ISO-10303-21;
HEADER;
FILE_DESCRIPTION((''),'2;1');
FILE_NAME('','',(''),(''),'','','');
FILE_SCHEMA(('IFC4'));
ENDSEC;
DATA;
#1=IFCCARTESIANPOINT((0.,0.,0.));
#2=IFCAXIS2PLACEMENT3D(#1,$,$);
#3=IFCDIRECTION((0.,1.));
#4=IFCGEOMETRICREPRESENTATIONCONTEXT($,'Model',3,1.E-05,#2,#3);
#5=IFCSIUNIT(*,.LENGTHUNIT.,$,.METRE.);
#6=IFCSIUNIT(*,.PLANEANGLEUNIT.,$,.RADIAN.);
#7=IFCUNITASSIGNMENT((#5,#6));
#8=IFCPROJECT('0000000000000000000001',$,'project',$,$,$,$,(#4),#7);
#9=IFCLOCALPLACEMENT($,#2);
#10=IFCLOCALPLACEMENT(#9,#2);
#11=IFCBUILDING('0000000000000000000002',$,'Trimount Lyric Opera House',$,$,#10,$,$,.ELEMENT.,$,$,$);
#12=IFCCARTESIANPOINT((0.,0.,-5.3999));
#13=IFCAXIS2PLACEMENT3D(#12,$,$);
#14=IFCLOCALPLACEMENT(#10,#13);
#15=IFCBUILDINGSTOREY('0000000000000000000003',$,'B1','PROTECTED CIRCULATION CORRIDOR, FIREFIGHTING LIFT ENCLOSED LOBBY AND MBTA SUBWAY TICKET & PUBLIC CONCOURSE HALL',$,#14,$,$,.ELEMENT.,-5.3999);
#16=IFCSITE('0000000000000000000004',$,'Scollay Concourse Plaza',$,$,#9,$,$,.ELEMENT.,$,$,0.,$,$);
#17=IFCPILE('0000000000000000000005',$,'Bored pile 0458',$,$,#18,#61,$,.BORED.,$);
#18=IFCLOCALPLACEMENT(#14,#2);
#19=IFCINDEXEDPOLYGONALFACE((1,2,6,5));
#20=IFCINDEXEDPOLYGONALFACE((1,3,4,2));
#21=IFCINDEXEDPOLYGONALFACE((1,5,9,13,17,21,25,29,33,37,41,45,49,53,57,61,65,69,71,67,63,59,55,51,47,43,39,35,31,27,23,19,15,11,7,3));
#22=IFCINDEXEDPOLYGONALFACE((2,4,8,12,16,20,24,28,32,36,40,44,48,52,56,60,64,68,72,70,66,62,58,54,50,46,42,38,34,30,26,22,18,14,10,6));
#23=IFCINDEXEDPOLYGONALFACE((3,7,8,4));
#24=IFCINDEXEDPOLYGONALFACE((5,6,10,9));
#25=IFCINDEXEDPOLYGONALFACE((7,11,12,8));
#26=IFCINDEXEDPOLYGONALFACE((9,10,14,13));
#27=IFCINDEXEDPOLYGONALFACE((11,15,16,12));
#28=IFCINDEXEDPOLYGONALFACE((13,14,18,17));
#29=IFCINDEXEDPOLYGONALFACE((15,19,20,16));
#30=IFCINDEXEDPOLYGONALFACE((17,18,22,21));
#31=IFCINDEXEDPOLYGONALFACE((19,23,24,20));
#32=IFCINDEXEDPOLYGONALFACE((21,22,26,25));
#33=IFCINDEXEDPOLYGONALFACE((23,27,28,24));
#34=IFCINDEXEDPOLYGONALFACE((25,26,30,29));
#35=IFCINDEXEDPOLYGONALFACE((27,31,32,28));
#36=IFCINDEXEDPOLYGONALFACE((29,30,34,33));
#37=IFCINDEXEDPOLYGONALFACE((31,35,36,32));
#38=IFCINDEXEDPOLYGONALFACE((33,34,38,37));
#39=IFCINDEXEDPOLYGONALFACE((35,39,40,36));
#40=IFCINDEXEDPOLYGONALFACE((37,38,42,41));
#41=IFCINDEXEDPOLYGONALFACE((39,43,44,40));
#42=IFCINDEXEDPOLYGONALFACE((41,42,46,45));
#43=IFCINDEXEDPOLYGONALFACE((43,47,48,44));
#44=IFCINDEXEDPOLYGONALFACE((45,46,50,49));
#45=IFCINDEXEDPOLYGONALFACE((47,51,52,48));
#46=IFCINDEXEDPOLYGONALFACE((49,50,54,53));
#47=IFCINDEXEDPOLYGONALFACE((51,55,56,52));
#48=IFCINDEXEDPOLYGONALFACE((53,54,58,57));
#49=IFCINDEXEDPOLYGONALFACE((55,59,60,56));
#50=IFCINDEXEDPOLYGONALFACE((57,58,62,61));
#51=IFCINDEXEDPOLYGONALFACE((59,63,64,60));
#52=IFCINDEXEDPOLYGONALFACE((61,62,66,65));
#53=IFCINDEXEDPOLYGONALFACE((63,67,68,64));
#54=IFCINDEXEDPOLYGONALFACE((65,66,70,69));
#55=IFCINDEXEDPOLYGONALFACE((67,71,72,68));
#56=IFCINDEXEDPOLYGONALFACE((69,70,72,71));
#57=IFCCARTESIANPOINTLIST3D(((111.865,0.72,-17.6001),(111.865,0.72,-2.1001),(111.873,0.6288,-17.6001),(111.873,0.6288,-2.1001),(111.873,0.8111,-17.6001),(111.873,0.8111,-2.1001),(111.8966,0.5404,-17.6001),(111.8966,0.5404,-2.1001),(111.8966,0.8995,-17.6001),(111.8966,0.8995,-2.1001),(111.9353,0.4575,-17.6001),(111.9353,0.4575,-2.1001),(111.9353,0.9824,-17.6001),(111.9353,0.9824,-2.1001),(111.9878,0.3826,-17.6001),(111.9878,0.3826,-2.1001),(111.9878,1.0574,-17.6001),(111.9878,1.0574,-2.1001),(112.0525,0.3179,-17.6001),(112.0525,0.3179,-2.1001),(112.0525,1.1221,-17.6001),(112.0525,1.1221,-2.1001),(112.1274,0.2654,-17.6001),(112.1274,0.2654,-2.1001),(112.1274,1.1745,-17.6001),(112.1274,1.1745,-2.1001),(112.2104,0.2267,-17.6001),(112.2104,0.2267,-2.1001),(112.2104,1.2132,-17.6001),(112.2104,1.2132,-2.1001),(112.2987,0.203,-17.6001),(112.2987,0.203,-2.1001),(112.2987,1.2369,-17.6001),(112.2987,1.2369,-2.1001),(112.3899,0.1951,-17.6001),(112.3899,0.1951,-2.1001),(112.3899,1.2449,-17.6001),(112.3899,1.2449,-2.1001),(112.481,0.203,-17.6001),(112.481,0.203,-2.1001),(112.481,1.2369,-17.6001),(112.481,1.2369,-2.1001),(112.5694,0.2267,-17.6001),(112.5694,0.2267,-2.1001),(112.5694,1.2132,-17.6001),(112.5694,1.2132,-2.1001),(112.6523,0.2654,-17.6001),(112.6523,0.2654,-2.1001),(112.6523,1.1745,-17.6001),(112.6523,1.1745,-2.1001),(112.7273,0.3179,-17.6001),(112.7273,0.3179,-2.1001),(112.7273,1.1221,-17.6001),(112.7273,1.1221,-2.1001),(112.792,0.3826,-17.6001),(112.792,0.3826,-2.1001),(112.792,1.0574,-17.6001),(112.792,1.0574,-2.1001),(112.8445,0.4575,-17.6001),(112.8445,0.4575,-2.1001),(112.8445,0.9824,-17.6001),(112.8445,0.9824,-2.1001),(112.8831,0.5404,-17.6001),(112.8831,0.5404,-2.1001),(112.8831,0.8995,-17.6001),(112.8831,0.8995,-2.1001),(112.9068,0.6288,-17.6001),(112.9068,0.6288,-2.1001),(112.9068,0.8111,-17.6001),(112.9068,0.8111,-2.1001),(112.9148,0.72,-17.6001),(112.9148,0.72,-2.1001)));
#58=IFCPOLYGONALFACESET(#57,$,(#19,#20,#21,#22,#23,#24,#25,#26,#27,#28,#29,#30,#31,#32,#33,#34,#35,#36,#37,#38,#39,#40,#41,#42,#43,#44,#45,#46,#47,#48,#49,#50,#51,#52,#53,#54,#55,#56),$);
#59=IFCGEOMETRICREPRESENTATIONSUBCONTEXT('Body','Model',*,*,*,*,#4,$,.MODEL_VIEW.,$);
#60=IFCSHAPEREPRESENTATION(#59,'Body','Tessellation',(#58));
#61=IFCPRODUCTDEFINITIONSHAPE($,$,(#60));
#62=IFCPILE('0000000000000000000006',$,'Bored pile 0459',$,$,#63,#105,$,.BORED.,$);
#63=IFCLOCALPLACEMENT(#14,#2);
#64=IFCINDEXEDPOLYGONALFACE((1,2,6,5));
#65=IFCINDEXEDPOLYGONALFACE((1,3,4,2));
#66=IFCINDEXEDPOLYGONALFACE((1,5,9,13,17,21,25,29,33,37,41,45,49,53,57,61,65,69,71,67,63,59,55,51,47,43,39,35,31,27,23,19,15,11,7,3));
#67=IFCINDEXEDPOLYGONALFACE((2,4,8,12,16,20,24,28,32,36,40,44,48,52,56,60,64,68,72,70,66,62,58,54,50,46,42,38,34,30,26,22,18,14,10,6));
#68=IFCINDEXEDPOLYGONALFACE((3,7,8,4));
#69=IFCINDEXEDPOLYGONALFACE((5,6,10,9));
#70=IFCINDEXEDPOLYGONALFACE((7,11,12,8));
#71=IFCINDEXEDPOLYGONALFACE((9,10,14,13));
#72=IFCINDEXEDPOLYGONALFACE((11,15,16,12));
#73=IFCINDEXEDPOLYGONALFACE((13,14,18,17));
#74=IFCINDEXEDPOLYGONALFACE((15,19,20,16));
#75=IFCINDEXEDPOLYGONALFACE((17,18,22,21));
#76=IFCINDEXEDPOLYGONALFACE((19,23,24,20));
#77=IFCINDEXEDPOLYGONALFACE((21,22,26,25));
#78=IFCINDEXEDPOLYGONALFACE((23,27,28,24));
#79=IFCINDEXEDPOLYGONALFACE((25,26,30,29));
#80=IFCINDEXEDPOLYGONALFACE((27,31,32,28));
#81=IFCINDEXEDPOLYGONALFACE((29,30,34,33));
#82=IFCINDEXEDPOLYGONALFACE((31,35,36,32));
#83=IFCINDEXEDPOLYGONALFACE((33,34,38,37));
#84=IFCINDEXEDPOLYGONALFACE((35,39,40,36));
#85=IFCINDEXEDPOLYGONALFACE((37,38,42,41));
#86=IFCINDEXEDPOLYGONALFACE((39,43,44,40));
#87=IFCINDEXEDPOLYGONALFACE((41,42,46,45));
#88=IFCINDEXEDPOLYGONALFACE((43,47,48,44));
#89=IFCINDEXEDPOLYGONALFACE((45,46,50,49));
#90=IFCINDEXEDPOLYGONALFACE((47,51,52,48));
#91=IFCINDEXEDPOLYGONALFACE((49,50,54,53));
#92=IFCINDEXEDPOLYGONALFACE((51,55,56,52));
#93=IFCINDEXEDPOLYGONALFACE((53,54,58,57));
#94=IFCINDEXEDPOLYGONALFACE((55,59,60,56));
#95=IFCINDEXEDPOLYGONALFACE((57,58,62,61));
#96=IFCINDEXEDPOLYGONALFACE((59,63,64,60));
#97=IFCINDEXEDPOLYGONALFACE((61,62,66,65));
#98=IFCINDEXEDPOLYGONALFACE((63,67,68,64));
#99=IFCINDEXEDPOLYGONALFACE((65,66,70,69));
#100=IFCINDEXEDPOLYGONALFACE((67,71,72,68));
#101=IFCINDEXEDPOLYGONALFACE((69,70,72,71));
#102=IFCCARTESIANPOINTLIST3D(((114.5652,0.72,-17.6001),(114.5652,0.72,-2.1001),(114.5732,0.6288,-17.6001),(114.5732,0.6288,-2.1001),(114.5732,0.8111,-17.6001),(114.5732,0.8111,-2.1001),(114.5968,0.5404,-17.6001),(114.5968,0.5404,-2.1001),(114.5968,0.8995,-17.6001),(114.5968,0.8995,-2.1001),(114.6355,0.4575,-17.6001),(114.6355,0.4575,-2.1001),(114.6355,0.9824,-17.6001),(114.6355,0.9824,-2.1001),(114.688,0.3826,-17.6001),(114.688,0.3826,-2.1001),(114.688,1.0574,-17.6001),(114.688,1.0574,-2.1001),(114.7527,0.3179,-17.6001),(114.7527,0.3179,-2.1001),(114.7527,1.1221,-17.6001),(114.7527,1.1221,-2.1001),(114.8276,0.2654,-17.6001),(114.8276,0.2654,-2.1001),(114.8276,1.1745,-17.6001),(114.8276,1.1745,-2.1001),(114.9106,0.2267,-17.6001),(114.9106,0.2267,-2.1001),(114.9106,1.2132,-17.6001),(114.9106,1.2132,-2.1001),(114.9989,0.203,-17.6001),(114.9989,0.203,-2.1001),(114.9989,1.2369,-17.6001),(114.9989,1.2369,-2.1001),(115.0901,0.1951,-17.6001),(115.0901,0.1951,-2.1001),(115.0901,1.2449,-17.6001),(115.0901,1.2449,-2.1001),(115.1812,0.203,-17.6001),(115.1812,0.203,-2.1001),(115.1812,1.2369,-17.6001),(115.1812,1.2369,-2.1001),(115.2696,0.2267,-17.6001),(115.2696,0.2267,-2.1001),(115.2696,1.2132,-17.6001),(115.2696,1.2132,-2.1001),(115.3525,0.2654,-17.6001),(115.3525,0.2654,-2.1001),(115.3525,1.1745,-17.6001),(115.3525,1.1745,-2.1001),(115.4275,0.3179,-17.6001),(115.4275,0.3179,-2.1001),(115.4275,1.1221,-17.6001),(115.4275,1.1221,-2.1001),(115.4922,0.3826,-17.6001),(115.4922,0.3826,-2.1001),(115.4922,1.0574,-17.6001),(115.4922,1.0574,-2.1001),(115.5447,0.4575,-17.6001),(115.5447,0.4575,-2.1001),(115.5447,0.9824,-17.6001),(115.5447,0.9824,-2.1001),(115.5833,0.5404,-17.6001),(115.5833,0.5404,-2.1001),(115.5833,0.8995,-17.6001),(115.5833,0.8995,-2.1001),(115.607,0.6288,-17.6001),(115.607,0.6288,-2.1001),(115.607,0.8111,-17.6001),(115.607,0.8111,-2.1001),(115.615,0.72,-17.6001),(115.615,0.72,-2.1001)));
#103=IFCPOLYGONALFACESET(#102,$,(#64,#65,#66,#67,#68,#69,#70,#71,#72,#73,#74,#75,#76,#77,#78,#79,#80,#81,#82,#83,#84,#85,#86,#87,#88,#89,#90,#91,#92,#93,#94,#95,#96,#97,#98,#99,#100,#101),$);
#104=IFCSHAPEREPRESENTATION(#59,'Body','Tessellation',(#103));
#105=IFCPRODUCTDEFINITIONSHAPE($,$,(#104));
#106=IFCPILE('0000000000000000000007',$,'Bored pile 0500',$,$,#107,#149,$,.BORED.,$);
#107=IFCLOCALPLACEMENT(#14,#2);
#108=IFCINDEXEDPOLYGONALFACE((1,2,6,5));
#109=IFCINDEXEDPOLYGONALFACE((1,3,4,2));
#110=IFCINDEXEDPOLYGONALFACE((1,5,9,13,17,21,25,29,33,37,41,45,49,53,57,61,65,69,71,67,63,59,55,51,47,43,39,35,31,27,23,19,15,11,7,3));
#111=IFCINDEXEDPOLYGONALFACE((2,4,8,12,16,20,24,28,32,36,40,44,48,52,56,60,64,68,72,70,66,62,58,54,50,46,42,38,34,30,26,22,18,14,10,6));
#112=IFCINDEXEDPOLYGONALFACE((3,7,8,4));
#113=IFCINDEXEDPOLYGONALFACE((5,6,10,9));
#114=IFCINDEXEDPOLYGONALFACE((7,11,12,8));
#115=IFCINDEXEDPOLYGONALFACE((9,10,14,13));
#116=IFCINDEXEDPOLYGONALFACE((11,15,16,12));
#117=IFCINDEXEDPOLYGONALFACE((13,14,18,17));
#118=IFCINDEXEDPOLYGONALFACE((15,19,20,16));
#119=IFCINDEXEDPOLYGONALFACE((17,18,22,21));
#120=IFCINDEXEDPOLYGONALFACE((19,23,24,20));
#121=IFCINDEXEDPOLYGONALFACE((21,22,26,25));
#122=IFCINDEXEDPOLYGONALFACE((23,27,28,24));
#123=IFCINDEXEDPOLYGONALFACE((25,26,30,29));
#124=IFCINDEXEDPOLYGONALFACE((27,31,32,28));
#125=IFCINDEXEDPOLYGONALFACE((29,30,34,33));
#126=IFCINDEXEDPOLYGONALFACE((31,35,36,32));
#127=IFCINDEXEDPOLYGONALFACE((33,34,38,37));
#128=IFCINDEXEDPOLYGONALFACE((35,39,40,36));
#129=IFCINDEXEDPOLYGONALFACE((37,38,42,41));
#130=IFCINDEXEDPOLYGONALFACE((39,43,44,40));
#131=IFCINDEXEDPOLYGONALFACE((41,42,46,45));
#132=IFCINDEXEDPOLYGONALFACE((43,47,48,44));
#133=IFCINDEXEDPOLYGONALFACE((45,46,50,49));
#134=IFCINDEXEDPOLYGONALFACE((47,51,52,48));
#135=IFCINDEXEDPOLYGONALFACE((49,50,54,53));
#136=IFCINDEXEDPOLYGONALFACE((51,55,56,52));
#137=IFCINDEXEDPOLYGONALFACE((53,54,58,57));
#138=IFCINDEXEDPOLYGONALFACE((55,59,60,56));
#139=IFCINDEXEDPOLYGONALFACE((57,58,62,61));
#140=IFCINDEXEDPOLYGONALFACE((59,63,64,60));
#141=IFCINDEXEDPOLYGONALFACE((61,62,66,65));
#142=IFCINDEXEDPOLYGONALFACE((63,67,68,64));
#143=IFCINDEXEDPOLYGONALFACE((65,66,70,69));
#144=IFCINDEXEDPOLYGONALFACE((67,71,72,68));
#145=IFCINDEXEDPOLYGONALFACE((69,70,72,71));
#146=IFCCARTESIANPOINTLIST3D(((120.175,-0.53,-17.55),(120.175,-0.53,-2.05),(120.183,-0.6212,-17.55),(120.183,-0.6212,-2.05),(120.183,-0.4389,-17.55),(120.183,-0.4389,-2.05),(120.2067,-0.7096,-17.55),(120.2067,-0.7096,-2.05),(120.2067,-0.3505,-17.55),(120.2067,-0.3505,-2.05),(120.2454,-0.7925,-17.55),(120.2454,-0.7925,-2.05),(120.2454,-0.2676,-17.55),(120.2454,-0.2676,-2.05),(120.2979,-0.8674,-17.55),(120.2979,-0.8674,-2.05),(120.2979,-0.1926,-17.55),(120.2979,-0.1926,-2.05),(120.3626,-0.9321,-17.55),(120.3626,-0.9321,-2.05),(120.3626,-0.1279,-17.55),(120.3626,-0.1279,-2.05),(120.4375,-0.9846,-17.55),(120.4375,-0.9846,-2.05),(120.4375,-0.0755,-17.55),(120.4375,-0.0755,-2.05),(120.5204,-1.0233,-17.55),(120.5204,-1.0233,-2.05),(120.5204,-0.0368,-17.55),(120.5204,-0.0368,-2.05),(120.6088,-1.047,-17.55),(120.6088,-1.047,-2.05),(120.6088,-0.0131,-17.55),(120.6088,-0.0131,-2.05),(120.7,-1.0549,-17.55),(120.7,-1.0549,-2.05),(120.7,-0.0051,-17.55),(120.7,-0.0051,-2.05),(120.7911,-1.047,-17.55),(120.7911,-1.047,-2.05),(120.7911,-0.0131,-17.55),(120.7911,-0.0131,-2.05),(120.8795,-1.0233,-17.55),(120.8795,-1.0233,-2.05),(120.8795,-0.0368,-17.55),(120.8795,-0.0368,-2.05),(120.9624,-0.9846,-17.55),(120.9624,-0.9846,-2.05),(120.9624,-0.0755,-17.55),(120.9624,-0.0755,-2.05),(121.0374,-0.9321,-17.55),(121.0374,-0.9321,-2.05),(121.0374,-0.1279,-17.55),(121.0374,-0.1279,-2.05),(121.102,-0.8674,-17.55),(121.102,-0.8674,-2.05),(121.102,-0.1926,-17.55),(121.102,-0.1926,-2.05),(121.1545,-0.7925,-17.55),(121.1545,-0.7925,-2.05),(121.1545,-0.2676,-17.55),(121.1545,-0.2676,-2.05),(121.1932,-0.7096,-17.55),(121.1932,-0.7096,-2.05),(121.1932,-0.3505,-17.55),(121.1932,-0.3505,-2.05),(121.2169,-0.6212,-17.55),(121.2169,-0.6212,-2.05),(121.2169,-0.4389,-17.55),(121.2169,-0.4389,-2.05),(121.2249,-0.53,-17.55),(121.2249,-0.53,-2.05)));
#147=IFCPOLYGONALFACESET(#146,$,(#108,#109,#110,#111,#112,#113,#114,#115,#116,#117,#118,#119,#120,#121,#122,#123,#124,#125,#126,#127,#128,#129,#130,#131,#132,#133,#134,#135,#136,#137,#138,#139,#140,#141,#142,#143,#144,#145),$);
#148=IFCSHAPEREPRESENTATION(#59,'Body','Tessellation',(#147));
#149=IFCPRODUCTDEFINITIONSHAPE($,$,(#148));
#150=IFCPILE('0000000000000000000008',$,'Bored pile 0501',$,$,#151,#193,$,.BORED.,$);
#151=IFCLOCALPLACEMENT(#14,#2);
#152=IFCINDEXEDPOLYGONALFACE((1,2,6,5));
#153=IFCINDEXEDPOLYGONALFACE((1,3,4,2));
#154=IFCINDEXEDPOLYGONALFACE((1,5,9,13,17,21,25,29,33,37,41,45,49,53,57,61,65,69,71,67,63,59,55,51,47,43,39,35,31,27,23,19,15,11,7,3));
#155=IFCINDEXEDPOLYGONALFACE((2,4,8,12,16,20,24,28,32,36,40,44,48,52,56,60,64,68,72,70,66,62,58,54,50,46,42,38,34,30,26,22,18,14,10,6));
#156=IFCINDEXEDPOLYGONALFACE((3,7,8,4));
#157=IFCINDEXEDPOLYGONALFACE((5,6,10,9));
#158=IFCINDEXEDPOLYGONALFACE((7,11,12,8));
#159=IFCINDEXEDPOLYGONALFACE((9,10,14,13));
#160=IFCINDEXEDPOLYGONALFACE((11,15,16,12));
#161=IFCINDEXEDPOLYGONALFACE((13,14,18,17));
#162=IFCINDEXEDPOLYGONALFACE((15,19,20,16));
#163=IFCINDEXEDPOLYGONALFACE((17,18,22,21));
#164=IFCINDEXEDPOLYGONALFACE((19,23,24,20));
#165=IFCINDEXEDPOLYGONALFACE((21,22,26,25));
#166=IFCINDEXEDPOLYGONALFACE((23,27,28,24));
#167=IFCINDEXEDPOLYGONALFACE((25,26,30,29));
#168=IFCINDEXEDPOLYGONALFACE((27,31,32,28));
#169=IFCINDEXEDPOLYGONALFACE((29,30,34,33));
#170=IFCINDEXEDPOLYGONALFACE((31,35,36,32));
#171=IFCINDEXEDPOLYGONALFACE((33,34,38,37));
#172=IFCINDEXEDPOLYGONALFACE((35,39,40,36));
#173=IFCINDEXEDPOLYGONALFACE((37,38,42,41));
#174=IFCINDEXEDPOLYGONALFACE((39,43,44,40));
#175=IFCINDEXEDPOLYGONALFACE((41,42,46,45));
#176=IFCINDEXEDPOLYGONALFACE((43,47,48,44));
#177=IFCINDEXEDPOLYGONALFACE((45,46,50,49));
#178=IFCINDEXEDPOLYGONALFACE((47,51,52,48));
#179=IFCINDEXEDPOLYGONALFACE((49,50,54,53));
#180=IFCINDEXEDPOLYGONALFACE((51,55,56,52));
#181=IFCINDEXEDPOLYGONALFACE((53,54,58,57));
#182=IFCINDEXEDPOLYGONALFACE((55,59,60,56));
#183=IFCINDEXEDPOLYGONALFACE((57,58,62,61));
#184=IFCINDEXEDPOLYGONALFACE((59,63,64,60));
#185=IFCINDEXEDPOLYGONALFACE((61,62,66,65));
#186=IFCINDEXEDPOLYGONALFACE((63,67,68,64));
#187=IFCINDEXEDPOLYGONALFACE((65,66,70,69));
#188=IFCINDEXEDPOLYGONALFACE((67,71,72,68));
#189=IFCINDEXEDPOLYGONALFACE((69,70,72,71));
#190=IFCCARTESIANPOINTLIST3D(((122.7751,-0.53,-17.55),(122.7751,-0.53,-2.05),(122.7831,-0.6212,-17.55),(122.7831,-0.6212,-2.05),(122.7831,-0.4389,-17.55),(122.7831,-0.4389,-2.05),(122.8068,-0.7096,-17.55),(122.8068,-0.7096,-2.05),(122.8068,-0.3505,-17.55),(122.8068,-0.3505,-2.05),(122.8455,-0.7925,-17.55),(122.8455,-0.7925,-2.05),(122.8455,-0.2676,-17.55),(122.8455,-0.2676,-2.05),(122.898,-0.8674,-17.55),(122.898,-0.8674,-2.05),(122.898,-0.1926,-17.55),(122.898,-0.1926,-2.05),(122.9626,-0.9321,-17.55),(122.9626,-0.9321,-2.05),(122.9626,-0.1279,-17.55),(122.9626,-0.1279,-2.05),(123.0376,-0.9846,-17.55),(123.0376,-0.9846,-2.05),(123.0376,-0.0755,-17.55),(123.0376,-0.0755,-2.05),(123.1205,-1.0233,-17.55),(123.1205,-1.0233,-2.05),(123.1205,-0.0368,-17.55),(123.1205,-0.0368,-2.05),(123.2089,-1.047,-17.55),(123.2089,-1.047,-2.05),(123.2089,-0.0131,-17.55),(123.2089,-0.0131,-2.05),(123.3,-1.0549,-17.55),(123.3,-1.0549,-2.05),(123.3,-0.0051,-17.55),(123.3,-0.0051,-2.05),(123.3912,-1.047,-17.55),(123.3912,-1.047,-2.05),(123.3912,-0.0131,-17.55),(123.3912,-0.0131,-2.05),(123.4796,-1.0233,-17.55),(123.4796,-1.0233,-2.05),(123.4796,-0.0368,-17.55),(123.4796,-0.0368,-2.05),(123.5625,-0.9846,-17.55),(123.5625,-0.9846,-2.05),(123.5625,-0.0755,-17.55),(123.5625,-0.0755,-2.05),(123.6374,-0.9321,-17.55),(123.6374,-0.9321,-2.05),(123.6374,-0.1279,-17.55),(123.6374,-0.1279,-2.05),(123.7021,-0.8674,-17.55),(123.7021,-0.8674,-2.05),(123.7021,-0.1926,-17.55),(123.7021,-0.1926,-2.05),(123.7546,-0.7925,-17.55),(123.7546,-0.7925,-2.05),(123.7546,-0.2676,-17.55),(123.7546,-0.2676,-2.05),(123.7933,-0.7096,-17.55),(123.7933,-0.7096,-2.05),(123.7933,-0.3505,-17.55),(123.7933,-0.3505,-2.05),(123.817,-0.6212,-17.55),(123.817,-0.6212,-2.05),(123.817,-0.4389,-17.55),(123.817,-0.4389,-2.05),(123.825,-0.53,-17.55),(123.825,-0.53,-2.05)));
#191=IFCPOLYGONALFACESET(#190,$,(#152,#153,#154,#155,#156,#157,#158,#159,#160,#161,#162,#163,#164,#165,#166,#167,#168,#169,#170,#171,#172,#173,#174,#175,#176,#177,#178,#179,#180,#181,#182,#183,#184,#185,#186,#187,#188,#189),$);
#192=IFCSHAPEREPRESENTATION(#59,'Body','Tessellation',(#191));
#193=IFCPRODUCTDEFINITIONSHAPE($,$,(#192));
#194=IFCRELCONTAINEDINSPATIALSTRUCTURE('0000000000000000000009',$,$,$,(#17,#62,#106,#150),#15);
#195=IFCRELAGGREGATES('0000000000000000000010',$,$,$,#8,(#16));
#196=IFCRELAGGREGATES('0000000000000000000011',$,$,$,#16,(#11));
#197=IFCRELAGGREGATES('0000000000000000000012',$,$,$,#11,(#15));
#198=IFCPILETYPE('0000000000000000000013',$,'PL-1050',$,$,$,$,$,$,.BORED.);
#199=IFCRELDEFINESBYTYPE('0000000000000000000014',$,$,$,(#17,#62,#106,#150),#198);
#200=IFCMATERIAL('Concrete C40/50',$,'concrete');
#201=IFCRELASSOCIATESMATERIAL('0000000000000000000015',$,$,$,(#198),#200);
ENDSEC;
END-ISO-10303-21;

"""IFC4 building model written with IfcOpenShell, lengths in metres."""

from ifc_helpers import new_model, si_unit, direction, frame, origin, origin_2d, place, context, subcontext, project, spatial, circle, extrude, material, material_profile, profile_set, type_object, element, save


model = new_model("IFC4")

# Units and contexts
model_context = context("Model", 3, precision=1e-05, world=origin(), true_north=direction((0.0, 1.0)))
body_context = subcontext(model_context, "Body", "Model", "MODEL_VIEW")
ifc_project = project(units=[si_unit("LENGTHUNIT", "METRE"), si_unit("PLANEANGLEUNIT", "RADIAN")], contexts=[model_context])

# Site, building, storey
site_placement = place(None, origin())
site = spatial("IfcSite", under=ifc_project, at=site_placement, Name="Scollay Concourse Plaza", CompositionType="ELEMENT", RefElevation=0.0)
building_placement = place(site_placement, origin())
building = spatial("IfcBuilding", under=site, at=building_placement, Name="Trimount Lyric Opera House", CompositionType="ELEMENT")
storey_placement = place(building_placement, frame((0.0, 0.0, -5.3999)))
storey = spatial("IfcBuildingStorey", under=building, at=storey_placement, Name="B1", Description="PROTECTED CIRCULATION CORRIDOR, FIREFIGHTING LIFT ENCLOSED LOBBY AND MBTA SUBWAY TICKET & PUBLIC CONCOURSE HALL", CompositionType="ELEMENT", Elevation=-5.3999)

# Piles
ifc_material_1 = material(Name="Concrete C40/50", Category="concrete")
ifc_material_profile_1 = material_profile(ifc_material_1, circle(Radius=0.5249, at=origin_2d()), Name="PILE-D1050")
ifc_profile_set_1 = profile_set([ifc_material_profile_1], Name="Concrete C40/50")
pile_type_1 = type_object("IfcPileType", Name="PL-1050", PredefinedType="BORED", material=ifc_profile_set_1)
for number, where, z_axis, x_axis, name in (
    (1, (112.3899, 0.72, -2.1001), (0.0, 0.0, -1.0), (1.0, 0.0, 0.0), "Bored pile 0458"),
    (2, (115.0901, 0.72, -2.1001), (0.0, 0.0, -1.0), (1.0, 0.0, 0.0), "Bored pile 0459"),
    (3, (120.7, -0.53, -2.05), (0.0, 0.0, -1.0), (1.0, 0.0, 0.0), "Bored pile 0500"),
    (4, (123.3, -0.53, -2.05), (0.0, 0.0, -1.0), (1.0, 0.0, 0.0), "Bored pile 0501"),
):
    element("IfcPile", number, at=place(storey_placement, frame(where, z_axis=z_axis, x_axis=x_axis)), inside=storey, type_object=pile_type_1, Name=name, PredefinedType="BORED", context=body_context, shape_type="SweptSolid", body=[
        extrude(circle(Radius=0.5249, at=origin_2d()), origin(), (0.0, 0.0, 1.0), 15.5),
    ])

save(model, "model.ifc")
